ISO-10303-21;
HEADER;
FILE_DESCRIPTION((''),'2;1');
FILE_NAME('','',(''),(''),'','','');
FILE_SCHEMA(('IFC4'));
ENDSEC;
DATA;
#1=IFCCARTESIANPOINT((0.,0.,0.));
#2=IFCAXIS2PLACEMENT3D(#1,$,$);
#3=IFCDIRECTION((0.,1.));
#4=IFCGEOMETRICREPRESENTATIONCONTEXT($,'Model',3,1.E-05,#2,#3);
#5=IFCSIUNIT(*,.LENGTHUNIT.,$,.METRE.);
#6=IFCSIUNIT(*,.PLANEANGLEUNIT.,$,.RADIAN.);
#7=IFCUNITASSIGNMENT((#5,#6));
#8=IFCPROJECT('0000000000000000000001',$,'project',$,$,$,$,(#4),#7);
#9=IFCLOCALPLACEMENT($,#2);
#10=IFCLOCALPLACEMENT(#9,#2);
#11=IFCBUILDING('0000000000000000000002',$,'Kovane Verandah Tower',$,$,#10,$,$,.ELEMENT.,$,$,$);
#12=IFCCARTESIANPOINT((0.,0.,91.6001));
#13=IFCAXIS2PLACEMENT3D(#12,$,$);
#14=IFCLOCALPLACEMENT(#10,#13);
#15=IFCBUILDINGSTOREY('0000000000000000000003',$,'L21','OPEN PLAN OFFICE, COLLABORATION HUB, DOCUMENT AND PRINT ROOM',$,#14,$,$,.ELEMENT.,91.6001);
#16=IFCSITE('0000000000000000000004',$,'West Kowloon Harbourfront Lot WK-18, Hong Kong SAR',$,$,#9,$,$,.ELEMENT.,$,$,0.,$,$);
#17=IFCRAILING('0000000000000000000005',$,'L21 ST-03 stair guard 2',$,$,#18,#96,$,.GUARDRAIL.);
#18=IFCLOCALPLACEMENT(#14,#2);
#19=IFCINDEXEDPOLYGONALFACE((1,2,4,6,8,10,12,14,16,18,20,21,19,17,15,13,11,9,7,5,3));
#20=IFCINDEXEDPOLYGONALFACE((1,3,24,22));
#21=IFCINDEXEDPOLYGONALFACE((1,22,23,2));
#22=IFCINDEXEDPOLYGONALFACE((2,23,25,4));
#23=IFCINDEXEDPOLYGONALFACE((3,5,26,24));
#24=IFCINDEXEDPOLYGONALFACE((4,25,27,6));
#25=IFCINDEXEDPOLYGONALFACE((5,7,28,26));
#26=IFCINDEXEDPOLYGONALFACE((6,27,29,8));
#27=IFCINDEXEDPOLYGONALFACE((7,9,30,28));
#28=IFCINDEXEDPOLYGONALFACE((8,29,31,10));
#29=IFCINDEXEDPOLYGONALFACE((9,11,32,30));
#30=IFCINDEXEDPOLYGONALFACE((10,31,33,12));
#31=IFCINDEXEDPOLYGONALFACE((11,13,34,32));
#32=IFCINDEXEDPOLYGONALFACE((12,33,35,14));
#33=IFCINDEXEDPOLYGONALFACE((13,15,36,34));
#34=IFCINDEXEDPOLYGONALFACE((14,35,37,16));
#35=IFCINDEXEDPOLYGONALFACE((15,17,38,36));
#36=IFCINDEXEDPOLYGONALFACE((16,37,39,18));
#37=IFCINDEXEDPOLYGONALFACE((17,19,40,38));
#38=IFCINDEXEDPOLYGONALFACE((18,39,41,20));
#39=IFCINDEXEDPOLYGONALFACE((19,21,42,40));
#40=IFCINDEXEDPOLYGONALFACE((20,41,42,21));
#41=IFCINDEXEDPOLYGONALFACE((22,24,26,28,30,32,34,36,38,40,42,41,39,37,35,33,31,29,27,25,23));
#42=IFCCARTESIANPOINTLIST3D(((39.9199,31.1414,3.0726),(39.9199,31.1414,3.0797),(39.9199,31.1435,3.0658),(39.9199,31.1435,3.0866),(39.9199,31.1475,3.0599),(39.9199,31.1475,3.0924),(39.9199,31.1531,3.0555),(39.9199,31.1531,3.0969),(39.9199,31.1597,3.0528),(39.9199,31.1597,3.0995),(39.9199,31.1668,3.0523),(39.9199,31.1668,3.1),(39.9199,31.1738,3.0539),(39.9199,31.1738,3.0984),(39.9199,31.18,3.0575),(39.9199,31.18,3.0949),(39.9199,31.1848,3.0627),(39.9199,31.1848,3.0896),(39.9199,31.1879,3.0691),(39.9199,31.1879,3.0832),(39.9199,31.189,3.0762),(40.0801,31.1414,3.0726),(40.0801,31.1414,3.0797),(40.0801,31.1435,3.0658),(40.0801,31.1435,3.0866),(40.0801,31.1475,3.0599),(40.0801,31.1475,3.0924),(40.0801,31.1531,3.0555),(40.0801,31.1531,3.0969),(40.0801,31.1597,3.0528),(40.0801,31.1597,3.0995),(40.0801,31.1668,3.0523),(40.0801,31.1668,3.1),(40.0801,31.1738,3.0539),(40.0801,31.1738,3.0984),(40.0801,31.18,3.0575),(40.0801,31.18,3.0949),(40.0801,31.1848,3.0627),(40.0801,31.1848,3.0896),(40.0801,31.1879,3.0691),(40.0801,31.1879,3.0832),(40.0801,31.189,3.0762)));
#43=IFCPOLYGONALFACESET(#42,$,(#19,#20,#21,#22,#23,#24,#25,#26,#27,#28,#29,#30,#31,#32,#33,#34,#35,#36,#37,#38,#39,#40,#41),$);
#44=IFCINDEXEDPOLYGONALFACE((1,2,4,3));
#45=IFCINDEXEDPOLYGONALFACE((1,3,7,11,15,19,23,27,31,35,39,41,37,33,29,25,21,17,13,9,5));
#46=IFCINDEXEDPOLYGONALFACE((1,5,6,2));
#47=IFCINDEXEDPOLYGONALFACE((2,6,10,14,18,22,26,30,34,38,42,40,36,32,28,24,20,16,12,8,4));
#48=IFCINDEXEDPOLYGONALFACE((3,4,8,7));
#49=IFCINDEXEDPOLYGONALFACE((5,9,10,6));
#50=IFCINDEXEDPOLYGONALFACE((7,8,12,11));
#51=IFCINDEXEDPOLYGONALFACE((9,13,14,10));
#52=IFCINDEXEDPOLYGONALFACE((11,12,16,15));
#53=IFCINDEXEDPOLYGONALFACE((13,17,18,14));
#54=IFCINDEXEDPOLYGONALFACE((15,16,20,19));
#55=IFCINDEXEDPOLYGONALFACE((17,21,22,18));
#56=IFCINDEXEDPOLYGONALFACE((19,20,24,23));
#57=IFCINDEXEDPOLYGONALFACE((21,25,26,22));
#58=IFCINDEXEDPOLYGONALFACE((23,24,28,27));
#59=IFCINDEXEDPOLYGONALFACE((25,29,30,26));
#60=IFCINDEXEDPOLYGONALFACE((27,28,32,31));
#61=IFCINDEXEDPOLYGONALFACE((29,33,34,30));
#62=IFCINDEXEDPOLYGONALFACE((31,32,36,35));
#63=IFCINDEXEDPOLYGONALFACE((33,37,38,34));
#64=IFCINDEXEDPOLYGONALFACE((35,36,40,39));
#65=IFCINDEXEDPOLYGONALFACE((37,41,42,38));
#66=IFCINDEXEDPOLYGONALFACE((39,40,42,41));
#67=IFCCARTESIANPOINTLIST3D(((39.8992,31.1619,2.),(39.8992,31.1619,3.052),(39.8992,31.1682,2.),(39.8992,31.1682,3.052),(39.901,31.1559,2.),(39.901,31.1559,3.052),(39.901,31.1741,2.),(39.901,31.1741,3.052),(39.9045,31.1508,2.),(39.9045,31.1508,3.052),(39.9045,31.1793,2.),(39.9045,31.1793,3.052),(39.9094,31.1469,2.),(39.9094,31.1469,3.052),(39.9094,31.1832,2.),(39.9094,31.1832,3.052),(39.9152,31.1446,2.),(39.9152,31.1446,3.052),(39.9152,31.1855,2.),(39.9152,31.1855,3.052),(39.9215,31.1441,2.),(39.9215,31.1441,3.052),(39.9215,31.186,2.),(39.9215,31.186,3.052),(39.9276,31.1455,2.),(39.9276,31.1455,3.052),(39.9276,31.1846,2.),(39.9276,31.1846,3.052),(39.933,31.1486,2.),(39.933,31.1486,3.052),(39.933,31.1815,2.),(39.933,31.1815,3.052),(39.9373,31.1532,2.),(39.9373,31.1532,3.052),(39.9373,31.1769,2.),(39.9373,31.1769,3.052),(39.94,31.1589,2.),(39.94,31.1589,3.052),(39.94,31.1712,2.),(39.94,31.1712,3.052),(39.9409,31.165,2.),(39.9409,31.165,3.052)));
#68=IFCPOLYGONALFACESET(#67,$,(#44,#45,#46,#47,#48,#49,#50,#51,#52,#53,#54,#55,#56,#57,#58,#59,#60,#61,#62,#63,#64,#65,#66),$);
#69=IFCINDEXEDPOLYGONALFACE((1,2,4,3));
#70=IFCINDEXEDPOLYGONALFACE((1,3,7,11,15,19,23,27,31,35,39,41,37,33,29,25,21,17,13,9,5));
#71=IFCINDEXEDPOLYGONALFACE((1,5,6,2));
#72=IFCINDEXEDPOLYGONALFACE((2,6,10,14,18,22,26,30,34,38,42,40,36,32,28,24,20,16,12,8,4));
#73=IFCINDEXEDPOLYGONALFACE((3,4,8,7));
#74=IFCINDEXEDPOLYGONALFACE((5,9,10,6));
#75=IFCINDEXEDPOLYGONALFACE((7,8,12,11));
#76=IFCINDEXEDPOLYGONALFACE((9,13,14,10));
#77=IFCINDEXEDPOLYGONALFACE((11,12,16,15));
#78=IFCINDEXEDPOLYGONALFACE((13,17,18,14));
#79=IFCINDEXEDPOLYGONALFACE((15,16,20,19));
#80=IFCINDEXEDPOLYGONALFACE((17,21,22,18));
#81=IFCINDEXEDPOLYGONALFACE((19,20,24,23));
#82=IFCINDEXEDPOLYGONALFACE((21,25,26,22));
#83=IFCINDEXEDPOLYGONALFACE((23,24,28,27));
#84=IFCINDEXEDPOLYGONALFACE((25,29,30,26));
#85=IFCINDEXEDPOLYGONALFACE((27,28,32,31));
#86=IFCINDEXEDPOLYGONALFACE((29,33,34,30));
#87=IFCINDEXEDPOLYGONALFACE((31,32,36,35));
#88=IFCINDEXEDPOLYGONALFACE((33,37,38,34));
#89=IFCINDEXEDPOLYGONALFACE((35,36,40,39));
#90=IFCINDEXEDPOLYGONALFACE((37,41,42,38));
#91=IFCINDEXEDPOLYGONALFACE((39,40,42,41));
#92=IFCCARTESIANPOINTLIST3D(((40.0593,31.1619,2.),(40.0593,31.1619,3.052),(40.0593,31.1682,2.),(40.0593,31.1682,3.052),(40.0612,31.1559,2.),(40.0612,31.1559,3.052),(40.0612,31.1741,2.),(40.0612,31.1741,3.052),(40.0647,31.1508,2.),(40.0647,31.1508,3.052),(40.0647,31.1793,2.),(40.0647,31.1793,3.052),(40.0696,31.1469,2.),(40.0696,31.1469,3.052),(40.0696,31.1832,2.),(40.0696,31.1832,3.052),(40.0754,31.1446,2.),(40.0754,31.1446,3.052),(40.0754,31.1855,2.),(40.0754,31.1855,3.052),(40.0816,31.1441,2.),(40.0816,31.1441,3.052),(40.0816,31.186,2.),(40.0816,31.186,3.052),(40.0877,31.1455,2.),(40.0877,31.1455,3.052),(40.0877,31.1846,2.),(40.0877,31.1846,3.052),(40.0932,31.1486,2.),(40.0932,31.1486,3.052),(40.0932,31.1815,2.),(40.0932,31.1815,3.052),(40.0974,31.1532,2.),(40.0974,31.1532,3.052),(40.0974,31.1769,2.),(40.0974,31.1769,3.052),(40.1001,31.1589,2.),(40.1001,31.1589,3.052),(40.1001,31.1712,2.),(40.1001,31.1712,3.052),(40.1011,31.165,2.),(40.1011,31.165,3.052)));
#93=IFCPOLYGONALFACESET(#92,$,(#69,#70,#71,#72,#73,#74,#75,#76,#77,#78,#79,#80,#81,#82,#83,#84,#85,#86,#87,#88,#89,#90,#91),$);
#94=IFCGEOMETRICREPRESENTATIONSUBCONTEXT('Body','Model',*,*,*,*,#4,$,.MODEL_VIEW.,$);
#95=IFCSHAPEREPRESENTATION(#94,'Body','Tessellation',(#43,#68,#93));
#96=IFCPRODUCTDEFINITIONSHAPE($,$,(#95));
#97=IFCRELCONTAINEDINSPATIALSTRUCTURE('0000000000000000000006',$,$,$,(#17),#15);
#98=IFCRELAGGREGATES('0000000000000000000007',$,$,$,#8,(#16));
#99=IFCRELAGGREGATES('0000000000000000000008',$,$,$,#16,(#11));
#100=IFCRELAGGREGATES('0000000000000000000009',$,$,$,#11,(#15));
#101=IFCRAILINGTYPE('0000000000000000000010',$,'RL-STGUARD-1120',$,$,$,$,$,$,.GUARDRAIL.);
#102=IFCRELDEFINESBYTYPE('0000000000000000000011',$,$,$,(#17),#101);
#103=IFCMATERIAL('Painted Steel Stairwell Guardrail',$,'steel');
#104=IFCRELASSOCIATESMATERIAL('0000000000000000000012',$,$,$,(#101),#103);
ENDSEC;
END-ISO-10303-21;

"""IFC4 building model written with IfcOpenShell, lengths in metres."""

from ifc_helpers import new_model, si_unit, direction, frame, origin, origin_2d, place, context, subcontext, project, spatial, circle, extrude, material, type_object, element, save


model = new_model("IFC4")

# Units and contexts
model_context = context("Model", 3, precision=1e-05, world=origin(), true_north=direction((0.0, 1.0)))
body_context = subcontext(model_context, "Body", "Model", "MODEL_VIEW")
ifc_project = project(units=[si_unit("LENGTHUNIT", "METRE"), si_unit("PLANEANGLEUNIT", "RADIAN")], contexts=[model_context])

# Site, building, storey
site_placement = place(None, origin())
site = spatial("IfcSite", under=ifc_project, at=site_placement, Name="West Kowloon Harbourfront Lot WK-18, Hong Kong SAR", CompositionType="ELEMENT", RefElevation=0.0)
building_placement = place(site_placement, origin())
building = spatial("IfcBuilding", under=site, at=building_placement, Name="Kovane Verandah Tower", CompositionType="ELEMENT")
storey_placement = place(building_placement, frame((0.0, 0.0, 91.6001)))
storey = spatial("IfcBuildingStorey", under=building, at=storey_placement, Name="L21", Description="OPEN PLAN OFFICE, COLLABORATION HUB, DOCUMENT AND PRINT ROOM", CompositionType="ELEMENT", Elevation=91.6001)

# Railing
ifc_material_1 = material(Name="Painted Steel Stairwell Guardrail", Category="steel")
railing_type_1 = type_object("IfcRailingType", Name="RL-STGUARD-1120", PredefinedType="GUARDRAIL", material=ifc_material_1)
railing_1_placement = place(storey_placement, frame((39.9199, 31.165, 2.0)))
element("IfcRailing", 1, at=railing_1_placement, inside=storey, type_object=railing_type_1, Name="L21 ST-03 stair guard 2", PredefinedType="GUARDRAIL", context=body_context, shape_type="SweptSolid", body=[
    extrude(circle(Radius=0.0239, at=origin_2d()), frame((0.0, 0.0, 1.0762), z_axis=(1.0, 0.0, 0.0), x_axis=(0.0, 1.0, 0.0)), (0.0, 0.0, 1.0), 0.1602),
    extrude(circle(Radius=0.021, at=origin_2d()), origin(), (0.0, 0.0, 1.0), 1.052),
    extrude(circle(Radius=0.021, at=origin_2d()), frame((0.1602, 0.0, 0.0)), (0.0, 0.0, 1.0), 1.052),
])

save(model, "model.ifc")
